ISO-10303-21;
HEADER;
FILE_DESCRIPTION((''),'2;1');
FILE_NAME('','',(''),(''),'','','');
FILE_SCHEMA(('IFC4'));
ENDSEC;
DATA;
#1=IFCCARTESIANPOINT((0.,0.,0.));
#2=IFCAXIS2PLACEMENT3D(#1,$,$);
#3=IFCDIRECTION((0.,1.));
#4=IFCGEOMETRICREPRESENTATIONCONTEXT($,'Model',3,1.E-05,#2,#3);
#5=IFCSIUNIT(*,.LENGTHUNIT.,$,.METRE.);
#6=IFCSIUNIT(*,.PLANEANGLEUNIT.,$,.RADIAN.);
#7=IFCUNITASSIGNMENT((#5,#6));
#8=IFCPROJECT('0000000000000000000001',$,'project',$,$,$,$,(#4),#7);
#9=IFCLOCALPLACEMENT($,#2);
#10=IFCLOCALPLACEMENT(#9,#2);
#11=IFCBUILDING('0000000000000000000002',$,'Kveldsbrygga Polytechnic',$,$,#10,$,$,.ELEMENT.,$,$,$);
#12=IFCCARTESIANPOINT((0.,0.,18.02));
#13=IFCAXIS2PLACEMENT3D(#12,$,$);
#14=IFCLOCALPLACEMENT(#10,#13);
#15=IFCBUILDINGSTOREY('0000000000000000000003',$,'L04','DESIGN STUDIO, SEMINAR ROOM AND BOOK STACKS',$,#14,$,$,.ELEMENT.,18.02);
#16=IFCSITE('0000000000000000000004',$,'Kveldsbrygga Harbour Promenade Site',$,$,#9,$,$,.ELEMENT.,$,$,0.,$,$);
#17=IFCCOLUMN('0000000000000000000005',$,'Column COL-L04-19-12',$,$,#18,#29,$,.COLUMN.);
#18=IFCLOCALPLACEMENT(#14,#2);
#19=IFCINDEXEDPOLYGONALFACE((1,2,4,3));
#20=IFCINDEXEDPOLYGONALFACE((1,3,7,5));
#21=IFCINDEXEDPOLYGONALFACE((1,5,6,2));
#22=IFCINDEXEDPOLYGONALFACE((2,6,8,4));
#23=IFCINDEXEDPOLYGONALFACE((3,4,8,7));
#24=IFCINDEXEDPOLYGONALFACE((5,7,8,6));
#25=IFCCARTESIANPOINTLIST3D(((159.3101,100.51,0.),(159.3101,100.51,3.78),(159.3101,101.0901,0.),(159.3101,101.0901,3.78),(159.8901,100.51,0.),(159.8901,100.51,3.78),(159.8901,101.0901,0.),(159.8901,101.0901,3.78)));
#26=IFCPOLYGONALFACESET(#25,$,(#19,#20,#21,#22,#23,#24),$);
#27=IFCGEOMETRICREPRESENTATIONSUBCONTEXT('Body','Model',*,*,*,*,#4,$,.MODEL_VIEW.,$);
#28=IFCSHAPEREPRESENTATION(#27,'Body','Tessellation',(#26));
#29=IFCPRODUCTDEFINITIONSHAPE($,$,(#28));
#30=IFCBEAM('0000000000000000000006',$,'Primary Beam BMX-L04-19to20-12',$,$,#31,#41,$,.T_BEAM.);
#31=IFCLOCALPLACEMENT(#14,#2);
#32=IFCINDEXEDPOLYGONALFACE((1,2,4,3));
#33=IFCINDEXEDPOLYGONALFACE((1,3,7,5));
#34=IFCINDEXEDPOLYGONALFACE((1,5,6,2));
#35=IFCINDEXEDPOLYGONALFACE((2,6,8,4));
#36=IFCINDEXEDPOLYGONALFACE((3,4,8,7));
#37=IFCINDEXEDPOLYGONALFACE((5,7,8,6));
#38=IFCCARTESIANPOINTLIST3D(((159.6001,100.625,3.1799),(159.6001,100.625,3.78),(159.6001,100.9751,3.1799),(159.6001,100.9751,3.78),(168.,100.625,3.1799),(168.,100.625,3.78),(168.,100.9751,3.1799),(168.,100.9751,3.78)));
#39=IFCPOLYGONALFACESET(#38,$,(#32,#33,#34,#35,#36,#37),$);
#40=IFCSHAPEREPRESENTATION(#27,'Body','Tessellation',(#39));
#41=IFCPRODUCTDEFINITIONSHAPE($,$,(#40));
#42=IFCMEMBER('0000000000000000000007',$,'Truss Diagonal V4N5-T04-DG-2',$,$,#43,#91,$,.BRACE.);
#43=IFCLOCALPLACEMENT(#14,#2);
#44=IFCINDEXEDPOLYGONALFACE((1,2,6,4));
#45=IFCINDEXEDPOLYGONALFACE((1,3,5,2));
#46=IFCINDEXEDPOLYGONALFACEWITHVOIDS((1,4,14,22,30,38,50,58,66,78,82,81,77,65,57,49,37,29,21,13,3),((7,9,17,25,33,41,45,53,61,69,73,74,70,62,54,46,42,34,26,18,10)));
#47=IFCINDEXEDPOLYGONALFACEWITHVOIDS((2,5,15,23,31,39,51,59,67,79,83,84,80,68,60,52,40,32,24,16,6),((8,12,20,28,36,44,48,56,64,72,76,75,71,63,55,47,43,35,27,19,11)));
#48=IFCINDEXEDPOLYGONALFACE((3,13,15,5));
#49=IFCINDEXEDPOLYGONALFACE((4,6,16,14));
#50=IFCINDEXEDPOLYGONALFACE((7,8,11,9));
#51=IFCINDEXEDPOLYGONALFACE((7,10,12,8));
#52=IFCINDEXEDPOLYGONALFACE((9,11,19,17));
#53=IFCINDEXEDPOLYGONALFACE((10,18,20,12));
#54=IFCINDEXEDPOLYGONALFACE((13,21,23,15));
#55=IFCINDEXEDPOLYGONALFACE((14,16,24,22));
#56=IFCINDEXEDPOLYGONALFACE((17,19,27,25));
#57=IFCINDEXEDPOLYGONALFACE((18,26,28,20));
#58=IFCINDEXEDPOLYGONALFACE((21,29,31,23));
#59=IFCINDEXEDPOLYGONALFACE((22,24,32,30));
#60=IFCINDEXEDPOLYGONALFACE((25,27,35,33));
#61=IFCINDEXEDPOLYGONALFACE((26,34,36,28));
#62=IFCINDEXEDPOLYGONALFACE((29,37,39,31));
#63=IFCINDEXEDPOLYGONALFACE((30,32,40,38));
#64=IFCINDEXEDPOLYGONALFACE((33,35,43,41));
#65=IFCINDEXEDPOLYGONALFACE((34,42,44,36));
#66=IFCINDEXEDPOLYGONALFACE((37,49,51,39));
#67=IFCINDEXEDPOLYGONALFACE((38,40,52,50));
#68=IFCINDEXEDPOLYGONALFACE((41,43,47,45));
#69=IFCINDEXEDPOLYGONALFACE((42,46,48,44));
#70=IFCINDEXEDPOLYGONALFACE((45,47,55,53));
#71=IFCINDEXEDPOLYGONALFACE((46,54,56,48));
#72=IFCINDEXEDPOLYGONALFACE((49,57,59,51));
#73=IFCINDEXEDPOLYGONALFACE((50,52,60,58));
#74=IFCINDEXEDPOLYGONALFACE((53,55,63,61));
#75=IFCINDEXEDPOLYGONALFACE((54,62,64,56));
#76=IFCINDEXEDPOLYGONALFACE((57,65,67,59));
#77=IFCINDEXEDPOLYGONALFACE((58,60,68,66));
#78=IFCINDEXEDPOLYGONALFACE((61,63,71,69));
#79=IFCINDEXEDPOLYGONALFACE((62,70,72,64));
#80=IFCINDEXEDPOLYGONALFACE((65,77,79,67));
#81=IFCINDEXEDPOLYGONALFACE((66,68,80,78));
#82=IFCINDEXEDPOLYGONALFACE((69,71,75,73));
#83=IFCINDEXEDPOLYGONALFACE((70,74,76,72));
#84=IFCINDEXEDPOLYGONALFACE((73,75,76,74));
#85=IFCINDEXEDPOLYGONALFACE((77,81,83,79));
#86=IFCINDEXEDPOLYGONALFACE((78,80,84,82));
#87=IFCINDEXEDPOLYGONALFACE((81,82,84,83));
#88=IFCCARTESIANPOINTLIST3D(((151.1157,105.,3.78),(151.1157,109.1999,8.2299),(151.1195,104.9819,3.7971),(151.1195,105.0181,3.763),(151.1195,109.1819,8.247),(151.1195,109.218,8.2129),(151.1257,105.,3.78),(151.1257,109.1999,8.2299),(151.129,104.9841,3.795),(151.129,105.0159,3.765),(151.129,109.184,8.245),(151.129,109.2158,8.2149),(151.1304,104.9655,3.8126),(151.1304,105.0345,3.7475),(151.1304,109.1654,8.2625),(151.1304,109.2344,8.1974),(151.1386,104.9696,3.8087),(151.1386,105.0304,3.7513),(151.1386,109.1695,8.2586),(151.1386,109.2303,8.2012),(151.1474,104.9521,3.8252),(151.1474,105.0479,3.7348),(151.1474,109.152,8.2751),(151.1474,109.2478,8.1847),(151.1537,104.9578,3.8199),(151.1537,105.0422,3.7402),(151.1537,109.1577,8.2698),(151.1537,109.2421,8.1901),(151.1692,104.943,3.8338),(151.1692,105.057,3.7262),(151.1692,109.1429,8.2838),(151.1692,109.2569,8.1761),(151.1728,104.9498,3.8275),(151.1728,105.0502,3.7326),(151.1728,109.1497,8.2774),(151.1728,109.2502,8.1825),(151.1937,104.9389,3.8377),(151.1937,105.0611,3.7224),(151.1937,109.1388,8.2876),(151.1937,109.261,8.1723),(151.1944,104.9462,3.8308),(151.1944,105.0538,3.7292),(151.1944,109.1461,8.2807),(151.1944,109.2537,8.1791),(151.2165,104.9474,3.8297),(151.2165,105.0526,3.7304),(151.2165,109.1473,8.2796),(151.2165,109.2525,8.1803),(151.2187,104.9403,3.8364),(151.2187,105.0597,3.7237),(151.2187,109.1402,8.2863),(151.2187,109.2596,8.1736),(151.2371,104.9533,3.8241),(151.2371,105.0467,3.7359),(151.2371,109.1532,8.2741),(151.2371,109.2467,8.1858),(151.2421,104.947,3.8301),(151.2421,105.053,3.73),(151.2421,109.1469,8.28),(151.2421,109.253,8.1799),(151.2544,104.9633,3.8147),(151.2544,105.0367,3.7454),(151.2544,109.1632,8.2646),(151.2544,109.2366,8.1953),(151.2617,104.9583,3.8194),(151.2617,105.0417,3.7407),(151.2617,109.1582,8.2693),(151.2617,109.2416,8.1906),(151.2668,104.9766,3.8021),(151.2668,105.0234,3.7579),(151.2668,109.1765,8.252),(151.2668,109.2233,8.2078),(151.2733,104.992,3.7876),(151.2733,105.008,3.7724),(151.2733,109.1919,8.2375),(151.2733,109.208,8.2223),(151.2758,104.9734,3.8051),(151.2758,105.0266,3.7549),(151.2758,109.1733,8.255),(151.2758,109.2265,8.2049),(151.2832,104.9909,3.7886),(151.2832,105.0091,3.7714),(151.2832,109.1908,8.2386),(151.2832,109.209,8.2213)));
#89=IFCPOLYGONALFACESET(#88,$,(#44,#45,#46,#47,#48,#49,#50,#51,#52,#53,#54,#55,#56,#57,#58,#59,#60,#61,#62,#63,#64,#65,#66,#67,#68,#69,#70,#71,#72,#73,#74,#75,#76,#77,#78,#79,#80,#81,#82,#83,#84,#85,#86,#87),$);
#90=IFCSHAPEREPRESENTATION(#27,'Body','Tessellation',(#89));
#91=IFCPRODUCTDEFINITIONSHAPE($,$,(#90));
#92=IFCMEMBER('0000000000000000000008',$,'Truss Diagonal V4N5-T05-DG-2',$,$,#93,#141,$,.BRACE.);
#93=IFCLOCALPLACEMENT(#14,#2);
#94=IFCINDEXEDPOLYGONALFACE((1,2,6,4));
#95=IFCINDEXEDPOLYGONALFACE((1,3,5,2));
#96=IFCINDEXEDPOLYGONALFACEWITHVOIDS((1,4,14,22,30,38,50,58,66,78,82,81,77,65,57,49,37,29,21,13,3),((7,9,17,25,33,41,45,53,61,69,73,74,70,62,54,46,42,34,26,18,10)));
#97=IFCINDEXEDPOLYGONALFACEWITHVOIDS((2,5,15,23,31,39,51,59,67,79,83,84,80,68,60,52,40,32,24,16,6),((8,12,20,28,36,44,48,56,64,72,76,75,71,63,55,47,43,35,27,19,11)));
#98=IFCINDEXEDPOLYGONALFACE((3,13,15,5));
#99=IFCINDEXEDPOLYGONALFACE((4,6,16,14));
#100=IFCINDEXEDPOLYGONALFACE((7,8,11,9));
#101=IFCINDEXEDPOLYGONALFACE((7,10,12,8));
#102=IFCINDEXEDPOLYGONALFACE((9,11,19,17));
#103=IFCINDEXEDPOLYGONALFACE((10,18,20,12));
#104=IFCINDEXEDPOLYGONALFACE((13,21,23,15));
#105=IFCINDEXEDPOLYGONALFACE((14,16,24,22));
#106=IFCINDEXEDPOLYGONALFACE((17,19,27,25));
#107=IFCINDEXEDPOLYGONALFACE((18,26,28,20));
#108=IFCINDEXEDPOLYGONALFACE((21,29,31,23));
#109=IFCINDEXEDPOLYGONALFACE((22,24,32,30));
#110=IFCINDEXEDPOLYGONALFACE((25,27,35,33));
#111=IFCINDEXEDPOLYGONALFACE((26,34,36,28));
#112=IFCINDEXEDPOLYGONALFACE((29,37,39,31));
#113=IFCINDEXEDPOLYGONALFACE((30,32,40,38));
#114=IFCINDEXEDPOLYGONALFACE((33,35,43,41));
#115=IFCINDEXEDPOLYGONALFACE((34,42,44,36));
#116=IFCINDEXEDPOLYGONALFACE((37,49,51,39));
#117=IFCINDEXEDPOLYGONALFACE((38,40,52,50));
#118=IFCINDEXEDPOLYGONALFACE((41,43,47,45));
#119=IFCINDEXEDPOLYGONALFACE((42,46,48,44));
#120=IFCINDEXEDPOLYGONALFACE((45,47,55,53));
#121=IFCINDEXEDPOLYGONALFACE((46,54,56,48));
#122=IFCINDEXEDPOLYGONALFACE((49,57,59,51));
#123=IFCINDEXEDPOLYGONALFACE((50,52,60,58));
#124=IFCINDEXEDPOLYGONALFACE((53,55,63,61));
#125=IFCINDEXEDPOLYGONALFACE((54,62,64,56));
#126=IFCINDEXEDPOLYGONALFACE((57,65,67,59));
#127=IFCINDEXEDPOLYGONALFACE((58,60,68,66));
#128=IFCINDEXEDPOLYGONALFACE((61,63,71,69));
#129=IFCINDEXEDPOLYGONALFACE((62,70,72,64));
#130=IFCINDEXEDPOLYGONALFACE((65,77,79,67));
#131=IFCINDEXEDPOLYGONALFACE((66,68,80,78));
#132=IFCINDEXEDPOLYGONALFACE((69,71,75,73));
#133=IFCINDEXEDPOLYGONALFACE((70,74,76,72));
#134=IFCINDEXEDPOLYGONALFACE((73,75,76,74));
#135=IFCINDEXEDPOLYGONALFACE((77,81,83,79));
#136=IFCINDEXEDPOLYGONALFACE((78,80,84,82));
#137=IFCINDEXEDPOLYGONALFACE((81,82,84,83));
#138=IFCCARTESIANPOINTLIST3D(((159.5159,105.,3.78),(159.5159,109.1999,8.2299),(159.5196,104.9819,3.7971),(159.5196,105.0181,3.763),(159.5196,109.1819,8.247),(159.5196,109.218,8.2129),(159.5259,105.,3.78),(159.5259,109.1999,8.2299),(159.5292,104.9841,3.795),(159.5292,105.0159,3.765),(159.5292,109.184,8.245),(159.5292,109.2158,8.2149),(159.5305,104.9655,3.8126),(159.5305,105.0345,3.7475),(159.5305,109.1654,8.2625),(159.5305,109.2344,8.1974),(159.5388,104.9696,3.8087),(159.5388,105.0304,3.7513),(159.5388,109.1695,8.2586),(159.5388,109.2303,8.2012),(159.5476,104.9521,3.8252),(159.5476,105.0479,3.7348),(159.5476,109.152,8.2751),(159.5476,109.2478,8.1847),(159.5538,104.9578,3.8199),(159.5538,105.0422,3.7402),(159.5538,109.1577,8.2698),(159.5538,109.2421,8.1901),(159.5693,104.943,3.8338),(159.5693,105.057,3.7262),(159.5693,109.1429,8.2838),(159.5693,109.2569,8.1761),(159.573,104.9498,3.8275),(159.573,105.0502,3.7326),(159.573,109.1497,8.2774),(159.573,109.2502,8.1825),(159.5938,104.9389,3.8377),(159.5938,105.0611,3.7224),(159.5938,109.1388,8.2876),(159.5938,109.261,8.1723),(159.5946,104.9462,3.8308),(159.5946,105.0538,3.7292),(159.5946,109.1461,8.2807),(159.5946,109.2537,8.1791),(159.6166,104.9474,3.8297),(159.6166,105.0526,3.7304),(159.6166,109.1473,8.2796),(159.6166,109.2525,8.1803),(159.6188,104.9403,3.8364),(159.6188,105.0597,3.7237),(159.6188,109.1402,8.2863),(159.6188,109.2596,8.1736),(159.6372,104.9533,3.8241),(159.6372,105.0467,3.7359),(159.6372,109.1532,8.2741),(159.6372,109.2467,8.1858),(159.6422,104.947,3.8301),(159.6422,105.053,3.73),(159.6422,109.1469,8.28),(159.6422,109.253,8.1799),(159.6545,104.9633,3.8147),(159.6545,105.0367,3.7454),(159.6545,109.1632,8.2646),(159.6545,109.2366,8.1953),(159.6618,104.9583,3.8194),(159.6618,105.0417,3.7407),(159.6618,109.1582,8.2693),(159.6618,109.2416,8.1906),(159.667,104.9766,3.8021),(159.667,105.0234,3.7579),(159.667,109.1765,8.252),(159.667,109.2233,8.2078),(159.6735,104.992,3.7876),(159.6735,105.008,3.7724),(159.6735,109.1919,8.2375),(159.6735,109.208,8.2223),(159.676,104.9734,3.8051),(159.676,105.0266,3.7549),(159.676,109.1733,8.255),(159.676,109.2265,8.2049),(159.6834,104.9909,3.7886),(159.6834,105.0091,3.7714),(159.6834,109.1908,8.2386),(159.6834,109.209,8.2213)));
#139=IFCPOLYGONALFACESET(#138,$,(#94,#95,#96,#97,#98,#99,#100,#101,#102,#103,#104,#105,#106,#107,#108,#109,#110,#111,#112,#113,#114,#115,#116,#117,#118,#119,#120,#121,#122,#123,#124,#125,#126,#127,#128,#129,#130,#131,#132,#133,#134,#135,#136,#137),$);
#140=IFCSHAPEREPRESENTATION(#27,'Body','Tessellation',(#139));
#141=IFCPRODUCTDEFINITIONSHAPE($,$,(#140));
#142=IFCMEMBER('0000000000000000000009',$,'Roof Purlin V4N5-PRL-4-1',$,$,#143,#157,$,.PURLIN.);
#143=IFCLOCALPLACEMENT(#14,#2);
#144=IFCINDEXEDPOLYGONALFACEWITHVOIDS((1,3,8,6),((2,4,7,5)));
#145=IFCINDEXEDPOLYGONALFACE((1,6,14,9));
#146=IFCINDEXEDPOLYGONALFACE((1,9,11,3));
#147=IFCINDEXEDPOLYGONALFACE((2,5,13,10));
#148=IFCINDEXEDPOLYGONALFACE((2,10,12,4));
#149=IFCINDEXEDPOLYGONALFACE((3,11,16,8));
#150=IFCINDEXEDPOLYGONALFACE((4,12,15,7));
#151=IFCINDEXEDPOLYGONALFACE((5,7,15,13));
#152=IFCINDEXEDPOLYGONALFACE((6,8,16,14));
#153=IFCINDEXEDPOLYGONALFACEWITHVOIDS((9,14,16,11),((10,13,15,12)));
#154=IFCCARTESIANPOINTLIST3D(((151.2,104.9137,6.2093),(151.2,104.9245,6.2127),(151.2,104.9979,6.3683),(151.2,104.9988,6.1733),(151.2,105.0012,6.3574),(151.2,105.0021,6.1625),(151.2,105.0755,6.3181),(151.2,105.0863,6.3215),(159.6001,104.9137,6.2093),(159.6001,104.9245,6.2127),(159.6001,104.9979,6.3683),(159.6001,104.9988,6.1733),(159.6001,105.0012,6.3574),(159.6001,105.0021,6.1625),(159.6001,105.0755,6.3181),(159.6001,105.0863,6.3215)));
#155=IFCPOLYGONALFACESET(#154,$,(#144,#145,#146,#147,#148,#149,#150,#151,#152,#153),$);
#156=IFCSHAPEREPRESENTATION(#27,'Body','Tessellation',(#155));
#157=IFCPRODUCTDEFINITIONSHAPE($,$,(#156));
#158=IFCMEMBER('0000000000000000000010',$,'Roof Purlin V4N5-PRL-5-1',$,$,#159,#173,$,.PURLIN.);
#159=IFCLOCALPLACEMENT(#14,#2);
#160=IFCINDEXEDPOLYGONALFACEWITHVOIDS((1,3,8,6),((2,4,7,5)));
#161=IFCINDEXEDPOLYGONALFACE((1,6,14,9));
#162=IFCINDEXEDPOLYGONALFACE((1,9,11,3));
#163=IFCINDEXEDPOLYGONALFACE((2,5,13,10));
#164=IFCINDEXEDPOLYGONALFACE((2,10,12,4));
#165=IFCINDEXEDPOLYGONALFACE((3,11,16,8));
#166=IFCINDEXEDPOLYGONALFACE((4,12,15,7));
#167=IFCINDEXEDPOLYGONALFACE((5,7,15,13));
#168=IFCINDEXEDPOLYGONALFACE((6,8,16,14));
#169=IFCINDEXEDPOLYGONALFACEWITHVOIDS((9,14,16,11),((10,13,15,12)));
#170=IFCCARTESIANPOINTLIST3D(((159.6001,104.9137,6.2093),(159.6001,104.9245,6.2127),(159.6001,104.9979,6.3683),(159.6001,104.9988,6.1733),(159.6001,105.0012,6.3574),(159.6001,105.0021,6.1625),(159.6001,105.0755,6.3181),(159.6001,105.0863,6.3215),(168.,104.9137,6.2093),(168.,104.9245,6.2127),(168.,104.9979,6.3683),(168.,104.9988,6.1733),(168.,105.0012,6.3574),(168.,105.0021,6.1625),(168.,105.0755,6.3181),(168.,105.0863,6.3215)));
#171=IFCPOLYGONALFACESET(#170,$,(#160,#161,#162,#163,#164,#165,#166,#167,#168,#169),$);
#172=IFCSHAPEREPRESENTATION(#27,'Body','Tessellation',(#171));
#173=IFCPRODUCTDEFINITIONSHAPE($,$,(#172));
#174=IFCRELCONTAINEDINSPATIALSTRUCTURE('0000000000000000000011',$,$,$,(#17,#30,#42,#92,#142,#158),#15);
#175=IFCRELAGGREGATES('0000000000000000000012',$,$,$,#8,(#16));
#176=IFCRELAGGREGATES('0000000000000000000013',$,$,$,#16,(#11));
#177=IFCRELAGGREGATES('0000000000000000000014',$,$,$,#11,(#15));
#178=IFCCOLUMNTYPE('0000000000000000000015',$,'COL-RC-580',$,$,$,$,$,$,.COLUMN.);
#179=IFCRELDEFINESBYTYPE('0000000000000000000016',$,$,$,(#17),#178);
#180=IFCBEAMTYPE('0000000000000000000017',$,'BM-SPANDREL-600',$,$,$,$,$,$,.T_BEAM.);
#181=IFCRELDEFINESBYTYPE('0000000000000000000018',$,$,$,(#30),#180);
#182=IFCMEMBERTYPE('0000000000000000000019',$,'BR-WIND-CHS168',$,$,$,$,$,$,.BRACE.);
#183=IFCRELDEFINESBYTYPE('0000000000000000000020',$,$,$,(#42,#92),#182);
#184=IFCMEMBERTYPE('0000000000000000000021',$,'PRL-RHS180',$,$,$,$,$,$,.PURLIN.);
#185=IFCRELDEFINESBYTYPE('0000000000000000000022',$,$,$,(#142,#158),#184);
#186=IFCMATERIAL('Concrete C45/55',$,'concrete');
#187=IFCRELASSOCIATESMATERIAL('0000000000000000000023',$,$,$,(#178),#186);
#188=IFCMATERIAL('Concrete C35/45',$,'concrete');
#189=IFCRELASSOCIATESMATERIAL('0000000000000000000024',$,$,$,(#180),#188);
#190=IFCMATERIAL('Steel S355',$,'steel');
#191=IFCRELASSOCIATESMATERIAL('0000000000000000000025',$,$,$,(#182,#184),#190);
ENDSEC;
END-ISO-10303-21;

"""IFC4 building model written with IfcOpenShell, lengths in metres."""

from ifc_helpers import new_model, si_unit, direction, frame, origin, origin_2d, place, context, subcontext, project, spatial, rectangle, hollow_rectangle, hollow_circle, extrude, material, material_profile, profile_set, type_object, element, save


model = new_model("IFC4")

# Units and contexts
model_context = context("Model", 3, precision=1e-05, world=origin(), true_north=direction((0.0, 1.0)))
body_context = subcontext(model_context, "Body", "Model", "MODEL_VIEW")
ifc_project = project(units=[si_unit("LENGTHUNIT", "METRE"), si_unit("PLANEANGLEUNIT", "RADIAN")], contexts=[model_context])

# Site, building, storey
site_placement = place(None, origin())
site = spatial("IfcSite", under=ifc_project, at=site_placement, Name="Kveldsbrygga Harbour Promenade Site", CompositionType="ELEMENT", RefElevation=0.0)
building_placement = place(site_placement, origin())
building = spatial("IfcBuilding", under=site, at=building_placement, Name="Kveldsbrygga Polytechnic", CompositionType="ELEMENT")
storey_placement = place(building_placement, frame((0.0, 0.0, 18.02)))
storey = spatial("IfcBuildingStorey", under=building, at=storey_placement, Name="L04", Description="DESIGN STUDIO, SEMINAR ROOM AND BOOK STACKS", CompositionType="ELEMENT", Elevation=18.02)

# Column
ifc_material_1 = material(Name="Concrete C45/55", Category="concrete")
ifc_material_profile_1 = material_profile(ifc_material_1, rectangle(XDim=0.5801, YDim=0.5801, at=origin_2d()), Name="RC 580x580")
ifc_profile_set_1 = profile_set([ifc_material_profile_1], Name="Concrete C45/55")
column_type = type_object("IfcColumnType", Name="COL-RC-580", PredefinedType="COLUMN", material=ifc_profile_set_1)
column_placement = place(storey_placement, frame((159.6001, 100.8, 0.0), z_axis=(0.0, 0.0, 1.0), x_axis=(1.0, 0.0, 0.0)))
element("IfcColumn", 1, at=column_placement, inside=storey, type_object=column_type, Name="Column COL-L04-19-12", PredefinedType="COLUMN", context=body_context, shape_type="SweptSolid", body=[
    extrude(rectangle(XDim=0.5801, YDim=0.5801, at=origin_2d()), origin(), (0.0, 0.0, 1.0), 3.78),
])

# Beam
ifc_material_2 = material(Name="Concrete C35/45", Category="concrete")
ifc_material_profile_2 = material_profile(ifc_material_2, rectangle(XDim=0.3501, YDim=0.6001, at=origin_2d()), Name="RC 350x600")
ifc_profile_set_2 = profile_set([ifc_material_profile_2], Name="Concrete C35/45")
beam_type = type_object("IfcBeamType", Name="BM-SPANDREL-600", PredefinedType="T_BEAM", material=ifc_profile_set_2)
beam_placement = place(storey_placement, frame((159.6001, 100.8, 3.48), z_axis=(1.0, 0.0, 0.0), x_axis=(0.0, 1.0, 0.0)))
element("IfcBeam", 2, at=beam_placement, inside=storey, type_object=beam_type, Name="Primary Beam BMX-L04-19to20-12", PredefinedType="T_BEAM", context=body_context, shape_type="SweptSolid", body=[
    extrude(rectangle(XDim=0.3501, YDim=0.6001, at=origin_2d()), origin(), (0.0, 0.0, 1.0), 8.3999),
])

# Members
ifc_material_3 = material(Name="Steel S355", Category="steel")
ifc_material_profile_3 = material_profile(ifc_material_3, hollow_circle(Radius=0.0842, WallThickness=0.01, at=origin_2d()), Name="CHS 168.3x10.0")
ifc_profile_set_3 = profile_set([ifc_material_profile_3], Name="Steel S355")
member_type_1 = type_object("IfcMemberType", Name="BR-WIND-CHS168", PredefinedType="BRACE", material=ifc_profile_set_3)
for number, where, z_axis, x_axis, name in (
    (3, (151.2, 105.0, 3.78), (0.0, 0.686383, 0.72724), (-1.0, 0.0, 0.0), "Truss Diagonal V4N5-T04-DG-2"),
    (4, (159.6001, 105.0, 3.78), (0.0, 0.686383, 0.72724), (-1.0, 0.0, 0.0), "Truss Diagonal V4N5-T05-DG-2"),
):
    element("IfcMember", number, at=place(storey_placement, frame(where, z_axis=z_axis, x_axis=x_axis)), inside=storey, type_object=member_type_1, Name=name, PredefinedType="BRACE", context=body_context, shape_type="SweptSolid", body=[
        extrude(hollow_circle(Radius=0.0842, WallThickness=0.01, at=origin_2d()), origin(), (0.0, 0.0, 1.0), 6.1189),
    ])
ifc_material_profile_4 = material_profile(ifc_material_3, hollow_rectangle(XDim=0.1001, YDim=0.1799, WallThickness=0.0081, at=origin_2d()), Name="RHS 180x100x8.0")
ifc_profile_set_4 = profile_set([ifc_material_profile_4], Name="Steel S355")
member_type_2 = type_object("IfcMemberType", Name="PRL-RHS180", PredefinedType="PURLIN", material=ifc_profile_set_4)
member_1_placement = place(storey_placement, frame((151.2, 105.0, 6.2654), z_axis=(1.0, 0.0, 0.0), x_axis=(0.0, 0.88366, -0.468129)))
element("IfcMember", 5, at=member_1_placement, inside=storey, type_object=member_type_2, Name="Roof Purlin V4N5-PRL-4-1", PredefinedType="PURLIN", context=body_context, shape_type="SweptSolid", body=[
    extrude(hollow_rectangle(XDim=0.1001, YDim=0.1799, WallThickness=0.0081, at=origin_2d()), origin(), (0.0, 0.0, 1.0), 8.4001),
])
member_2_placement = place(storey_placement, frame((159.6001, 105.0, 6.2654), z_axis=(1.0, 0.0, 0.0), x_axis=(0.0, 0.88366, -0.468129)))
element("IfcMember", 6, at=member_2_placement, inside=storey, type_object=member_type_2, Name="Roof Purlin V4N5-PRL-5-1", PredefinedType="PURLIN", context=body_context, shape_type="SweptSolid", body=[
    extrude(hollow_rectangle(XDim=0.1001, YDim=0.1799, WallThickness=0.0081, at=origin_2d()), origin(), (0.0, 0.0, 1.0), 8.3999),
])

save(model, "model.ifc")
